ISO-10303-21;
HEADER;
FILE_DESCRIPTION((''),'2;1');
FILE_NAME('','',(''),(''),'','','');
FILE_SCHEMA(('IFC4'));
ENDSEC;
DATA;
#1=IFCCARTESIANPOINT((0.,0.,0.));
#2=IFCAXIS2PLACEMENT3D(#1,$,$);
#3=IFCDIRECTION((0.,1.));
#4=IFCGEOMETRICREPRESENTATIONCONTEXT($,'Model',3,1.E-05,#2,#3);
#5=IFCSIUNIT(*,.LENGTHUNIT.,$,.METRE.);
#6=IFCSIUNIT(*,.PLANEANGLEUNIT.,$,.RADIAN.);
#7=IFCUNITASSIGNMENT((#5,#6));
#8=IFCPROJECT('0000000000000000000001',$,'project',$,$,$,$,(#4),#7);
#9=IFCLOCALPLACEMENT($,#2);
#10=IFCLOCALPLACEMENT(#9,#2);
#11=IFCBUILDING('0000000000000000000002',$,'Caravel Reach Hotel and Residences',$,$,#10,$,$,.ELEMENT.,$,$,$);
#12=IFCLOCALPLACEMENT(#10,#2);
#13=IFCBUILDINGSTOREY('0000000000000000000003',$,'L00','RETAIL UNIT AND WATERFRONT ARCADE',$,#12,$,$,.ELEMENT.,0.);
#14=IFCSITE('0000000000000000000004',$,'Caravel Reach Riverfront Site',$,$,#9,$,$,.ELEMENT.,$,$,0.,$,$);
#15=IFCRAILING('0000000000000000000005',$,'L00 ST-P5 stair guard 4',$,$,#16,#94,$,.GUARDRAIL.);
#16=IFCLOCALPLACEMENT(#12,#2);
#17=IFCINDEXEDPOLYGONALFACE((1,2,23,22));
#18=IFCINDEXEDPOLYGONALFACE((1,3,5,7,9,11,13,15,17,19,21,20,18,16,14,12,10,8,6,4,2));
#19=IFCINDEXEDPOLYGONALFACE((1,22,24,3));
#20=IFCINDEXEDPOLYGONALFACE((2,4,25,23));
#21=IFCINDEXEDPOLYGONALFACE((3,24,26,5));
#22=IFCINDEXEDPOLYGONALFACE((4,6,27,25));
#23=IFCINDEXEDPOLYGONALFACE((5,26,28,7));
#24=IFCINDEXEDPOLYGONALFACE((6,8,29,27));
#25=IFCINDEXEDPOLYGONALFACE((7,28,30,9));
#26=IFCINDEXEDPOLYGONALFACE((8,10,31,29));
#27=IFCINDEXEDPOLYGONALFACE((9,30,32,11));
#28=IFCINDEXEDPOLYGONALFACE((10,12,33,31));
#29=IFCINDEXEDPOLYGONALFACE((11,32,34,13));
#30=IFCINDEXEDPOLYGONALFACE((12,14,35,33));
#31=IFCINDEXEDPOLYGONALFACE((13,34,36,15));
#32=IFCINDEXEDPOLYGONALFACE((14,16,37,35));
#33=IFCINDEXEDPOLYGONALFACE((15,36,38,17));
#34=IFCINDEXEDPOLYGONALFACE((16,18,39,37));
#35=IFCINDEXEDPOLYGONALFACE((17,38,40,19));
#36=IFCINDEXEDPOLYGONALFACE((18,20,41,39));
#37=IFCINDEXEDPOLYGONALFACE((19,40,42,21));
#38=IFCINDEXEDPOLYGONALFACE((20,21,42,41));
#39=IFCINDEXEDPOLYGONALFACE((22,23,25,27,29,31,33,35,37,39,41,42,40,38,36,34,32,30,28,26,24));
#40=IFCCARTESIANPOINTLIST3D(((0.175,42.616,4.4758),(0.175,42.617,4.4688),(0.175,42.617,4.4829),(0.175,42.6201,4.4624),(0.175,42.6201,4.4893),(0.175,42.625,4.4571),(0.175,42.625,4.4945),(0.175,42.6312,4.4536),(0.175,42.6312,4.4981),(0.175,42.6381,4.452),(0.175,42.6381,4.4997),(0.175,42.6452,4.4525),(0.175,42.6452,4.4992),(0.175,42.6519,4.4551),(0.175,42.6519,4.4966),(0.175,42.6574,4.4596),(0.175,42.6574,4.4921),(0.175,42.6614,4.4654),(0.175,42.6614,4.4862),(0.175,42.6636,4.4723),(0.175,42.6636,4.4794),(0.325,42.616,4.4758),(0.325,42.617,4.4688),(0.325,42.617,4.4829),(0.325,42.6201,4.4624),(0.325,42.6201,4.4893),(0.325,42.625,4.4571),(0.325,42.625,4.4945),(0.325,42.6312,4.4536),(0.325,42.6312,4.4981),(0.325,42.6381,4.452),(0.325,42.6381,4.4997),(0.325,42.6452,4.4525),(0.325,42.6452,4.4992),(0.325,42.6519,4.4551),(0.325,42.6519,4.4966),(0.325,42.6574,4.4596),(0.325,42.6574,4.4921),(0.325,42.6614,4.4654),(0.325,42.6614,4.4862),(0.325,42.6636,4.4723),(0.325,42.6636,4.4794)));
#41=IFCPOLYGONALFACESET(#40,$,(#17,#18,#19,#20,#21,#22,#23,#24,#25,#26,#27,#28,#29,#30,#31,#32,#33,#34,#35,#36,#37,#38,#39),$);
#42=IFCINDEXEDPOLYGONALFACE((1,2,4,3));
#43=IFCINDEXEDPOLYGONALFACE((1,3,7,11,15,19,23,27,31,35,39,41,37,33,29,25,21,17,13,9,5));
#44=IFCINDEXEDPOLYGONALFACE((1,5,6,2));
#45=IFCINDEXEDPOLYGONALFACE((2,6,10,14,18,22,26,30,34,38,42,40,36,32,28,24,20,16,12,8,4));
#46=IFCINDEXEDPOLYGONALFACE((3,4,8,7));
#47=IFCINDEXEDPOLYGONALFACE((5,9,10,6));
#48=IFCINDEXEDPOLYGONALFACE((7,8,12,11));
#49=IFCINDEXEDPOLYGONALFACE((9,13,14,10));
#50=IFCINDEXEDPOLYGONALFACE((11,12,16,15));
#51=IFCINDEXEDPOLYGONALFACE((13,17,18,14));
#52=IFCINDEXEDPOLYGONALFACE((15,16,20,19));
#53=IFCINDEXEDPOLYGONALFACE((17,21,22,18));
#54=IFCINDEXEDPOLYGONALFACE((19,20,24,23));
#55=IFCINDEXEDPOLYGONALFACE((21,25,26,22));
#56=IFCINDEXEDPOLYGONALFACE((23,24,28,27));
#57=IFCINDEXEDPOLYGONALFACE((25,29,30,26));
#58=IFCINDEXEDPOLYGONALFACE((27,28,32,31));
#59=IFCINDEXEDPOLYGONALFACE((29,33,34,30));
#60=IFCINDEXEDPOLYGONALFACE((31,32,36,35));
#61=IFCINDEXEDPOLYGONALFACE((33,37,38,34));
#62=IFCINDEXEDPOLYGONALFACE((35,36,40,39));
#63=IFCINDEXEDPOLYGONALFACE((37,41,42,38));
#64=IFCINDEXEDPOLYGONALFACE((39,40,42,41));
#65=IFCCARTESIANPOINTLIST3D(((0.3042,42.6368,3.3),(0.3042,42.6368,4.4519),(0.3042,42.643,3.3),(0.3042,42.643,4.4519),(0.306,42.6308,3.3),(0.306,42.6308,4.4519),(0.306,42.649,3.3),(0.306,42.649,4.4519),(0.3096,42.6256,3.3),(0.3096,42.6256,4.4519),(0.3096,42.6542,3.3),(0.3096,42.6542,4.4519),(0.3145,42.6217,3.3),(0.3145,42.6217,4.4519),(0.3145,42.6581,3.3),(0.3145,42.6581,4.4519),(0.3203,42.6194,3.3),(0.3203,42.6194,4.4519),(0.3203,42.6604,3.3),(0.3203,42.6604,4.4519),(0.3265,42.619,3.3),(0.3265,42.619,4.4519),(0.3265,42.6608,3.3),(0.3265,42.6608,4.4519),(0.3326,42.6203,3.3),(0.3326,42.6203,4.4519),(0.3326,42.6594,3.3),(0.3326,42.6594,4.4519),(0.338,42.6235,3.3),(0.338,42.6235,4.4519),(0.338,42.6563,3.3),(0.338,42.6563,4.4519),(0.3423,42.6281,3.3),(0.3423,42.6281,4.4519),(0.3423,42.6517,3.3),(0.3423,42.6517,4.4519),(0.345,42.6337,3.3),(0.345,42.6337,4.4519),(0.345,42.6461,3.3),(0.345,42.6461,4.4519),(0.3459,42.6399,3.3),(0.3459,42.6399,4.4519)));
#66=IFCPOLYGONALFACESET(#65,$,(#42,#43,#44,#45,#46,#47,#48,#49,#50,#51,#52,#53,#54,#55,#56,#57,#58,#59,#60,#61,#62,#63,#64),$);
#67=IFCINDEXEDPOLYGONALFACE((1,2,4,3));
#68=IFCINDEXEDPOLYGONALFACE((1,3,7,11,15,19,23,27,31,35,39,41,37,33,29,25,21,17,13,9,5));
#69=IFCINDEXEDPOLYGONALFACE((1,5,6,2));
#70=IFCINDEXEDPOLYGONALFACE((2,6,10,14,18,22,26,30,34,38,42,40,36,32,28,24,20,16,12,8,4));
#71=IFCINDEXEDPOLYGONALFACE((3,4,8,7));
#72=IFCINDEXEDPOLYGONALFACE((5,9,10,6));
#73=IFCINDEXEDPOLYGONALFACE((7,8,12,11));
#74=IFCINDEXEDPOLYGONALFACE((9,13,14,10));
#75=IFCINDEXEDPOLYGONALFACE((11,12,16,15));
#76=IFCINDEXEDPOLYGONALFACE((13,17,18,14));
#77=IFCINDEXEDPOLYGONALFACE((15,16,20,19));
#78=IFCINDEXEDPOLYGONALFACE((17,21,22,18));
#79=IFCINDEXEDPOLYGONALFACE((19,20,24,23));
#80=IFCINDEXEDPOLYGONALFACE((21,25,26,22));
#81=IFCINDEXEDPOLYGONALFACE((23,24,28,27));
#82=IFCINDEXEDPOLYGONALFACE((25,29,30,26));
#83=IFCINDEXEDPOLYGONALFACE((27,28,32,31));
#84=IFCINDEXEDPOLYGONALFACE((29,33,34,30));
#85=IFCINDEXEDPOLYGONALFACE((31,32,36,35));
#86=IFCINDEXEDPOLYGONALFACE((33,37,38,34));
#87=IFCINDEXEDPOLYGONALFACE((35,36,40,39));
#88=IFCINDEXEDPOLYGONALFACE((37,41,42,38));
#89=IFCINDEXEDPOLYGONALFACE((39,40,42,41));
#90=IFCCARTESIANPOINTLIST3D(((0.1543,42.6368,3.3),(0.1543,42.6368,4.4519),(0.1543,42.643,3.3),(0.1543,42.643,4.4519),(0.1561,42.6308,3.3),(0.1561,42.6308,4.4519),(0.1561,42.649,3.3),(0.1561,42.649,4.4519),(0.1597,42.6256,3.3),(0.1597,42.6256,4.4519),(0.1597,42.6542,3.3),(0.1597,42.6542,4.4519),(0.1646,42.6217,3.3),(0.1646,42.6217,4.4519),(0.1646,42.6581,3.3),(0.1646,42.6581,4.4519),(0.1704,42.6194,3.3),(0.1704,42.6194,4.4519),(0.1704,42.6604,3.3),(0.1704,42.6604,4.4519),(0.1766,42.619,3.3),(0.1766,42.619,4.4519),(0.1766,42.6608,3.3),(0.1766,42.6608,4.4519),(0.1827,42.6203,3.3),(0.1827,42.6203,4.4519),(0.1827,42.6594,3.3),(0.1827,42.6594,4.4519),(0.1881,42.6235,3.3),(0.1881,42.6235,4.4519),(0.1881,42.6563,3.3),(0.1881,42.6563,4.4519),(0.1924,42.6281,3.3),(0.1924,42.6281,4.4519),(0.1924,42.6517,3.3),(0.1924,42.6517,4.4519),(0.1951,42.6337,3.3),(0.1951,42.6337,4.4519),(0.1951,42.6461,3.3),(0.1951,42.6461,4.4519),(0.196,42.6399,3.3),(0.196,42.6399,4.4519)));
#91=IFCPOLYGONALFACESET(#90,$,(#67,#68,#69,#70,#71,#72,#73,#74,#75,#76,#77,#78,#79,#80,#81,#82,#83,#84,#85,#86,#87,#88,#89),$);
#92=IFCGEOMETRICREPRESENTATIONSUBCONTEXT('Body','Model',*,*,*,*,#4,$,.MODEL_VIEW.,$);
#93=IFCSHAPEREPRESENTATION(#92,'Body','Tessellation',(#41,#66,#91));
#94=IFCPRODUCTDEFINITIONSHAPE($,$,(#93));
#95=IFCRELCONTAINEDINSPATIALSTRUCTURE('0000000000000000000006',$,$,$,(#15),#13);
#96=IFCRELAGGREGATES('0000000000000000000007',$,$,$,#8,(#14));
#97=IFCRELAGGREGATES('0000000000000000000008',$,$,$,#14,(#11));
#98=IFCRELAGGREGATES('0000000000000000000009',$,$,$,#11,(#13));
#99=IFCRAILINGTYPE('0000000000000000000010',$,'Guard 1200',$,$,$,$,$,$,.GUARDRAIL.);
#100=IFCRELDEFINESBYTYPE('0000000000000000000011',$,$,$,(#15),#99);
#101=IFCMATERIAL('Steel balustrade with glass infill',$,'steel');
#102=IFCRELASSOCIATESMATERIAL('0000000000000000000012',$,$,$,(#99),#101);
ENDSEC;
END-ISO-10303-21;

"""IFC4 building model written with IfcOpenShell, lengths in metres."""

from ifc_helpers import new_model, si_unit, direction, frame, origin, origin_2d, place, context, subcontext, project, spatial, circle, extrude, material, type_object, element, save


model = new_model("IFC4")

# Units and contexts
model_context = context("Model", 3, precision=1e-05, world=origin(), true_north=direction((0.0, 1.0)))
body_context = subcontext(model_context, "Body", "Model", "MODEL_VIEW")
ifc_project = project(units=[si_unit("LENGTHUNIT", "METRE"), si_unit("PLANEANGLEUNIT", "RADIAN")], contexts=[model_context])

# Site, building, storey
site_placement = place(None, origin())
site = spatial("IfcSite", under=ifc_project, at=site_placement, Name="Caravel Reach Riverfront Site", CompositionType="ELEMENT", RefElevation=0.0)
building_placement = place(site_placement, origin())
building = spatial("IfcBuilding", under=site, at=building_placement, Name="Caravel Reach Hotel and Residences", CompositionType="ELEMENT")
storey_placement = place(building_placement, origin())
storey = spatial("IfcBuildingStorey", under=building, at=storey_placement, Name="L00", Description="RETAIL UNIT AND WATERFRONT ARCADE", CompositionType="ELEMENT", Elevation=0.0)

# Railing
ifc_material_1 = material(Name="Steel balustrade with glass infill", Category="steel")
railing_type_1 = type_object("IfcRailingType", Name="Guard 1200", PredefinedType="GUARDRAIL", material=ifc_material_1)
railing_1_placement = place(storey_placement, frame((0.325, 42.6399, 3.3)))
element("IfcRailing", 1, at=railing_1_placement, inside=storey, type_object=railing_type_1, Name="L00 ST-P5 stair guard 4", PredefinedType="GUARDRAIL", context=body_context, shape_type="SweptSolid", body=[
    extrude(circle(Radius=0.0239, at=origin_2d()), frame((0.0, 0.0, 1.1758), z_axis=(-1.0, 0.0, 0.0), x_axis=(0.0, -1.0, 0.0)), (0.0, 0.0, 1.0), 0.1499),
    extrude(circle(Radius=0.021, at=origin_2d()), origin(), (0.0, 0.0, 1.0), 1.1519),
    extrude(circle(Radius=0.021, at=origin_2d()), frame((-0.1499, 0.0, 0.0)), (0.0, 0.0, 1.0), 1.1519),
])

save(model, "model.ifc")
